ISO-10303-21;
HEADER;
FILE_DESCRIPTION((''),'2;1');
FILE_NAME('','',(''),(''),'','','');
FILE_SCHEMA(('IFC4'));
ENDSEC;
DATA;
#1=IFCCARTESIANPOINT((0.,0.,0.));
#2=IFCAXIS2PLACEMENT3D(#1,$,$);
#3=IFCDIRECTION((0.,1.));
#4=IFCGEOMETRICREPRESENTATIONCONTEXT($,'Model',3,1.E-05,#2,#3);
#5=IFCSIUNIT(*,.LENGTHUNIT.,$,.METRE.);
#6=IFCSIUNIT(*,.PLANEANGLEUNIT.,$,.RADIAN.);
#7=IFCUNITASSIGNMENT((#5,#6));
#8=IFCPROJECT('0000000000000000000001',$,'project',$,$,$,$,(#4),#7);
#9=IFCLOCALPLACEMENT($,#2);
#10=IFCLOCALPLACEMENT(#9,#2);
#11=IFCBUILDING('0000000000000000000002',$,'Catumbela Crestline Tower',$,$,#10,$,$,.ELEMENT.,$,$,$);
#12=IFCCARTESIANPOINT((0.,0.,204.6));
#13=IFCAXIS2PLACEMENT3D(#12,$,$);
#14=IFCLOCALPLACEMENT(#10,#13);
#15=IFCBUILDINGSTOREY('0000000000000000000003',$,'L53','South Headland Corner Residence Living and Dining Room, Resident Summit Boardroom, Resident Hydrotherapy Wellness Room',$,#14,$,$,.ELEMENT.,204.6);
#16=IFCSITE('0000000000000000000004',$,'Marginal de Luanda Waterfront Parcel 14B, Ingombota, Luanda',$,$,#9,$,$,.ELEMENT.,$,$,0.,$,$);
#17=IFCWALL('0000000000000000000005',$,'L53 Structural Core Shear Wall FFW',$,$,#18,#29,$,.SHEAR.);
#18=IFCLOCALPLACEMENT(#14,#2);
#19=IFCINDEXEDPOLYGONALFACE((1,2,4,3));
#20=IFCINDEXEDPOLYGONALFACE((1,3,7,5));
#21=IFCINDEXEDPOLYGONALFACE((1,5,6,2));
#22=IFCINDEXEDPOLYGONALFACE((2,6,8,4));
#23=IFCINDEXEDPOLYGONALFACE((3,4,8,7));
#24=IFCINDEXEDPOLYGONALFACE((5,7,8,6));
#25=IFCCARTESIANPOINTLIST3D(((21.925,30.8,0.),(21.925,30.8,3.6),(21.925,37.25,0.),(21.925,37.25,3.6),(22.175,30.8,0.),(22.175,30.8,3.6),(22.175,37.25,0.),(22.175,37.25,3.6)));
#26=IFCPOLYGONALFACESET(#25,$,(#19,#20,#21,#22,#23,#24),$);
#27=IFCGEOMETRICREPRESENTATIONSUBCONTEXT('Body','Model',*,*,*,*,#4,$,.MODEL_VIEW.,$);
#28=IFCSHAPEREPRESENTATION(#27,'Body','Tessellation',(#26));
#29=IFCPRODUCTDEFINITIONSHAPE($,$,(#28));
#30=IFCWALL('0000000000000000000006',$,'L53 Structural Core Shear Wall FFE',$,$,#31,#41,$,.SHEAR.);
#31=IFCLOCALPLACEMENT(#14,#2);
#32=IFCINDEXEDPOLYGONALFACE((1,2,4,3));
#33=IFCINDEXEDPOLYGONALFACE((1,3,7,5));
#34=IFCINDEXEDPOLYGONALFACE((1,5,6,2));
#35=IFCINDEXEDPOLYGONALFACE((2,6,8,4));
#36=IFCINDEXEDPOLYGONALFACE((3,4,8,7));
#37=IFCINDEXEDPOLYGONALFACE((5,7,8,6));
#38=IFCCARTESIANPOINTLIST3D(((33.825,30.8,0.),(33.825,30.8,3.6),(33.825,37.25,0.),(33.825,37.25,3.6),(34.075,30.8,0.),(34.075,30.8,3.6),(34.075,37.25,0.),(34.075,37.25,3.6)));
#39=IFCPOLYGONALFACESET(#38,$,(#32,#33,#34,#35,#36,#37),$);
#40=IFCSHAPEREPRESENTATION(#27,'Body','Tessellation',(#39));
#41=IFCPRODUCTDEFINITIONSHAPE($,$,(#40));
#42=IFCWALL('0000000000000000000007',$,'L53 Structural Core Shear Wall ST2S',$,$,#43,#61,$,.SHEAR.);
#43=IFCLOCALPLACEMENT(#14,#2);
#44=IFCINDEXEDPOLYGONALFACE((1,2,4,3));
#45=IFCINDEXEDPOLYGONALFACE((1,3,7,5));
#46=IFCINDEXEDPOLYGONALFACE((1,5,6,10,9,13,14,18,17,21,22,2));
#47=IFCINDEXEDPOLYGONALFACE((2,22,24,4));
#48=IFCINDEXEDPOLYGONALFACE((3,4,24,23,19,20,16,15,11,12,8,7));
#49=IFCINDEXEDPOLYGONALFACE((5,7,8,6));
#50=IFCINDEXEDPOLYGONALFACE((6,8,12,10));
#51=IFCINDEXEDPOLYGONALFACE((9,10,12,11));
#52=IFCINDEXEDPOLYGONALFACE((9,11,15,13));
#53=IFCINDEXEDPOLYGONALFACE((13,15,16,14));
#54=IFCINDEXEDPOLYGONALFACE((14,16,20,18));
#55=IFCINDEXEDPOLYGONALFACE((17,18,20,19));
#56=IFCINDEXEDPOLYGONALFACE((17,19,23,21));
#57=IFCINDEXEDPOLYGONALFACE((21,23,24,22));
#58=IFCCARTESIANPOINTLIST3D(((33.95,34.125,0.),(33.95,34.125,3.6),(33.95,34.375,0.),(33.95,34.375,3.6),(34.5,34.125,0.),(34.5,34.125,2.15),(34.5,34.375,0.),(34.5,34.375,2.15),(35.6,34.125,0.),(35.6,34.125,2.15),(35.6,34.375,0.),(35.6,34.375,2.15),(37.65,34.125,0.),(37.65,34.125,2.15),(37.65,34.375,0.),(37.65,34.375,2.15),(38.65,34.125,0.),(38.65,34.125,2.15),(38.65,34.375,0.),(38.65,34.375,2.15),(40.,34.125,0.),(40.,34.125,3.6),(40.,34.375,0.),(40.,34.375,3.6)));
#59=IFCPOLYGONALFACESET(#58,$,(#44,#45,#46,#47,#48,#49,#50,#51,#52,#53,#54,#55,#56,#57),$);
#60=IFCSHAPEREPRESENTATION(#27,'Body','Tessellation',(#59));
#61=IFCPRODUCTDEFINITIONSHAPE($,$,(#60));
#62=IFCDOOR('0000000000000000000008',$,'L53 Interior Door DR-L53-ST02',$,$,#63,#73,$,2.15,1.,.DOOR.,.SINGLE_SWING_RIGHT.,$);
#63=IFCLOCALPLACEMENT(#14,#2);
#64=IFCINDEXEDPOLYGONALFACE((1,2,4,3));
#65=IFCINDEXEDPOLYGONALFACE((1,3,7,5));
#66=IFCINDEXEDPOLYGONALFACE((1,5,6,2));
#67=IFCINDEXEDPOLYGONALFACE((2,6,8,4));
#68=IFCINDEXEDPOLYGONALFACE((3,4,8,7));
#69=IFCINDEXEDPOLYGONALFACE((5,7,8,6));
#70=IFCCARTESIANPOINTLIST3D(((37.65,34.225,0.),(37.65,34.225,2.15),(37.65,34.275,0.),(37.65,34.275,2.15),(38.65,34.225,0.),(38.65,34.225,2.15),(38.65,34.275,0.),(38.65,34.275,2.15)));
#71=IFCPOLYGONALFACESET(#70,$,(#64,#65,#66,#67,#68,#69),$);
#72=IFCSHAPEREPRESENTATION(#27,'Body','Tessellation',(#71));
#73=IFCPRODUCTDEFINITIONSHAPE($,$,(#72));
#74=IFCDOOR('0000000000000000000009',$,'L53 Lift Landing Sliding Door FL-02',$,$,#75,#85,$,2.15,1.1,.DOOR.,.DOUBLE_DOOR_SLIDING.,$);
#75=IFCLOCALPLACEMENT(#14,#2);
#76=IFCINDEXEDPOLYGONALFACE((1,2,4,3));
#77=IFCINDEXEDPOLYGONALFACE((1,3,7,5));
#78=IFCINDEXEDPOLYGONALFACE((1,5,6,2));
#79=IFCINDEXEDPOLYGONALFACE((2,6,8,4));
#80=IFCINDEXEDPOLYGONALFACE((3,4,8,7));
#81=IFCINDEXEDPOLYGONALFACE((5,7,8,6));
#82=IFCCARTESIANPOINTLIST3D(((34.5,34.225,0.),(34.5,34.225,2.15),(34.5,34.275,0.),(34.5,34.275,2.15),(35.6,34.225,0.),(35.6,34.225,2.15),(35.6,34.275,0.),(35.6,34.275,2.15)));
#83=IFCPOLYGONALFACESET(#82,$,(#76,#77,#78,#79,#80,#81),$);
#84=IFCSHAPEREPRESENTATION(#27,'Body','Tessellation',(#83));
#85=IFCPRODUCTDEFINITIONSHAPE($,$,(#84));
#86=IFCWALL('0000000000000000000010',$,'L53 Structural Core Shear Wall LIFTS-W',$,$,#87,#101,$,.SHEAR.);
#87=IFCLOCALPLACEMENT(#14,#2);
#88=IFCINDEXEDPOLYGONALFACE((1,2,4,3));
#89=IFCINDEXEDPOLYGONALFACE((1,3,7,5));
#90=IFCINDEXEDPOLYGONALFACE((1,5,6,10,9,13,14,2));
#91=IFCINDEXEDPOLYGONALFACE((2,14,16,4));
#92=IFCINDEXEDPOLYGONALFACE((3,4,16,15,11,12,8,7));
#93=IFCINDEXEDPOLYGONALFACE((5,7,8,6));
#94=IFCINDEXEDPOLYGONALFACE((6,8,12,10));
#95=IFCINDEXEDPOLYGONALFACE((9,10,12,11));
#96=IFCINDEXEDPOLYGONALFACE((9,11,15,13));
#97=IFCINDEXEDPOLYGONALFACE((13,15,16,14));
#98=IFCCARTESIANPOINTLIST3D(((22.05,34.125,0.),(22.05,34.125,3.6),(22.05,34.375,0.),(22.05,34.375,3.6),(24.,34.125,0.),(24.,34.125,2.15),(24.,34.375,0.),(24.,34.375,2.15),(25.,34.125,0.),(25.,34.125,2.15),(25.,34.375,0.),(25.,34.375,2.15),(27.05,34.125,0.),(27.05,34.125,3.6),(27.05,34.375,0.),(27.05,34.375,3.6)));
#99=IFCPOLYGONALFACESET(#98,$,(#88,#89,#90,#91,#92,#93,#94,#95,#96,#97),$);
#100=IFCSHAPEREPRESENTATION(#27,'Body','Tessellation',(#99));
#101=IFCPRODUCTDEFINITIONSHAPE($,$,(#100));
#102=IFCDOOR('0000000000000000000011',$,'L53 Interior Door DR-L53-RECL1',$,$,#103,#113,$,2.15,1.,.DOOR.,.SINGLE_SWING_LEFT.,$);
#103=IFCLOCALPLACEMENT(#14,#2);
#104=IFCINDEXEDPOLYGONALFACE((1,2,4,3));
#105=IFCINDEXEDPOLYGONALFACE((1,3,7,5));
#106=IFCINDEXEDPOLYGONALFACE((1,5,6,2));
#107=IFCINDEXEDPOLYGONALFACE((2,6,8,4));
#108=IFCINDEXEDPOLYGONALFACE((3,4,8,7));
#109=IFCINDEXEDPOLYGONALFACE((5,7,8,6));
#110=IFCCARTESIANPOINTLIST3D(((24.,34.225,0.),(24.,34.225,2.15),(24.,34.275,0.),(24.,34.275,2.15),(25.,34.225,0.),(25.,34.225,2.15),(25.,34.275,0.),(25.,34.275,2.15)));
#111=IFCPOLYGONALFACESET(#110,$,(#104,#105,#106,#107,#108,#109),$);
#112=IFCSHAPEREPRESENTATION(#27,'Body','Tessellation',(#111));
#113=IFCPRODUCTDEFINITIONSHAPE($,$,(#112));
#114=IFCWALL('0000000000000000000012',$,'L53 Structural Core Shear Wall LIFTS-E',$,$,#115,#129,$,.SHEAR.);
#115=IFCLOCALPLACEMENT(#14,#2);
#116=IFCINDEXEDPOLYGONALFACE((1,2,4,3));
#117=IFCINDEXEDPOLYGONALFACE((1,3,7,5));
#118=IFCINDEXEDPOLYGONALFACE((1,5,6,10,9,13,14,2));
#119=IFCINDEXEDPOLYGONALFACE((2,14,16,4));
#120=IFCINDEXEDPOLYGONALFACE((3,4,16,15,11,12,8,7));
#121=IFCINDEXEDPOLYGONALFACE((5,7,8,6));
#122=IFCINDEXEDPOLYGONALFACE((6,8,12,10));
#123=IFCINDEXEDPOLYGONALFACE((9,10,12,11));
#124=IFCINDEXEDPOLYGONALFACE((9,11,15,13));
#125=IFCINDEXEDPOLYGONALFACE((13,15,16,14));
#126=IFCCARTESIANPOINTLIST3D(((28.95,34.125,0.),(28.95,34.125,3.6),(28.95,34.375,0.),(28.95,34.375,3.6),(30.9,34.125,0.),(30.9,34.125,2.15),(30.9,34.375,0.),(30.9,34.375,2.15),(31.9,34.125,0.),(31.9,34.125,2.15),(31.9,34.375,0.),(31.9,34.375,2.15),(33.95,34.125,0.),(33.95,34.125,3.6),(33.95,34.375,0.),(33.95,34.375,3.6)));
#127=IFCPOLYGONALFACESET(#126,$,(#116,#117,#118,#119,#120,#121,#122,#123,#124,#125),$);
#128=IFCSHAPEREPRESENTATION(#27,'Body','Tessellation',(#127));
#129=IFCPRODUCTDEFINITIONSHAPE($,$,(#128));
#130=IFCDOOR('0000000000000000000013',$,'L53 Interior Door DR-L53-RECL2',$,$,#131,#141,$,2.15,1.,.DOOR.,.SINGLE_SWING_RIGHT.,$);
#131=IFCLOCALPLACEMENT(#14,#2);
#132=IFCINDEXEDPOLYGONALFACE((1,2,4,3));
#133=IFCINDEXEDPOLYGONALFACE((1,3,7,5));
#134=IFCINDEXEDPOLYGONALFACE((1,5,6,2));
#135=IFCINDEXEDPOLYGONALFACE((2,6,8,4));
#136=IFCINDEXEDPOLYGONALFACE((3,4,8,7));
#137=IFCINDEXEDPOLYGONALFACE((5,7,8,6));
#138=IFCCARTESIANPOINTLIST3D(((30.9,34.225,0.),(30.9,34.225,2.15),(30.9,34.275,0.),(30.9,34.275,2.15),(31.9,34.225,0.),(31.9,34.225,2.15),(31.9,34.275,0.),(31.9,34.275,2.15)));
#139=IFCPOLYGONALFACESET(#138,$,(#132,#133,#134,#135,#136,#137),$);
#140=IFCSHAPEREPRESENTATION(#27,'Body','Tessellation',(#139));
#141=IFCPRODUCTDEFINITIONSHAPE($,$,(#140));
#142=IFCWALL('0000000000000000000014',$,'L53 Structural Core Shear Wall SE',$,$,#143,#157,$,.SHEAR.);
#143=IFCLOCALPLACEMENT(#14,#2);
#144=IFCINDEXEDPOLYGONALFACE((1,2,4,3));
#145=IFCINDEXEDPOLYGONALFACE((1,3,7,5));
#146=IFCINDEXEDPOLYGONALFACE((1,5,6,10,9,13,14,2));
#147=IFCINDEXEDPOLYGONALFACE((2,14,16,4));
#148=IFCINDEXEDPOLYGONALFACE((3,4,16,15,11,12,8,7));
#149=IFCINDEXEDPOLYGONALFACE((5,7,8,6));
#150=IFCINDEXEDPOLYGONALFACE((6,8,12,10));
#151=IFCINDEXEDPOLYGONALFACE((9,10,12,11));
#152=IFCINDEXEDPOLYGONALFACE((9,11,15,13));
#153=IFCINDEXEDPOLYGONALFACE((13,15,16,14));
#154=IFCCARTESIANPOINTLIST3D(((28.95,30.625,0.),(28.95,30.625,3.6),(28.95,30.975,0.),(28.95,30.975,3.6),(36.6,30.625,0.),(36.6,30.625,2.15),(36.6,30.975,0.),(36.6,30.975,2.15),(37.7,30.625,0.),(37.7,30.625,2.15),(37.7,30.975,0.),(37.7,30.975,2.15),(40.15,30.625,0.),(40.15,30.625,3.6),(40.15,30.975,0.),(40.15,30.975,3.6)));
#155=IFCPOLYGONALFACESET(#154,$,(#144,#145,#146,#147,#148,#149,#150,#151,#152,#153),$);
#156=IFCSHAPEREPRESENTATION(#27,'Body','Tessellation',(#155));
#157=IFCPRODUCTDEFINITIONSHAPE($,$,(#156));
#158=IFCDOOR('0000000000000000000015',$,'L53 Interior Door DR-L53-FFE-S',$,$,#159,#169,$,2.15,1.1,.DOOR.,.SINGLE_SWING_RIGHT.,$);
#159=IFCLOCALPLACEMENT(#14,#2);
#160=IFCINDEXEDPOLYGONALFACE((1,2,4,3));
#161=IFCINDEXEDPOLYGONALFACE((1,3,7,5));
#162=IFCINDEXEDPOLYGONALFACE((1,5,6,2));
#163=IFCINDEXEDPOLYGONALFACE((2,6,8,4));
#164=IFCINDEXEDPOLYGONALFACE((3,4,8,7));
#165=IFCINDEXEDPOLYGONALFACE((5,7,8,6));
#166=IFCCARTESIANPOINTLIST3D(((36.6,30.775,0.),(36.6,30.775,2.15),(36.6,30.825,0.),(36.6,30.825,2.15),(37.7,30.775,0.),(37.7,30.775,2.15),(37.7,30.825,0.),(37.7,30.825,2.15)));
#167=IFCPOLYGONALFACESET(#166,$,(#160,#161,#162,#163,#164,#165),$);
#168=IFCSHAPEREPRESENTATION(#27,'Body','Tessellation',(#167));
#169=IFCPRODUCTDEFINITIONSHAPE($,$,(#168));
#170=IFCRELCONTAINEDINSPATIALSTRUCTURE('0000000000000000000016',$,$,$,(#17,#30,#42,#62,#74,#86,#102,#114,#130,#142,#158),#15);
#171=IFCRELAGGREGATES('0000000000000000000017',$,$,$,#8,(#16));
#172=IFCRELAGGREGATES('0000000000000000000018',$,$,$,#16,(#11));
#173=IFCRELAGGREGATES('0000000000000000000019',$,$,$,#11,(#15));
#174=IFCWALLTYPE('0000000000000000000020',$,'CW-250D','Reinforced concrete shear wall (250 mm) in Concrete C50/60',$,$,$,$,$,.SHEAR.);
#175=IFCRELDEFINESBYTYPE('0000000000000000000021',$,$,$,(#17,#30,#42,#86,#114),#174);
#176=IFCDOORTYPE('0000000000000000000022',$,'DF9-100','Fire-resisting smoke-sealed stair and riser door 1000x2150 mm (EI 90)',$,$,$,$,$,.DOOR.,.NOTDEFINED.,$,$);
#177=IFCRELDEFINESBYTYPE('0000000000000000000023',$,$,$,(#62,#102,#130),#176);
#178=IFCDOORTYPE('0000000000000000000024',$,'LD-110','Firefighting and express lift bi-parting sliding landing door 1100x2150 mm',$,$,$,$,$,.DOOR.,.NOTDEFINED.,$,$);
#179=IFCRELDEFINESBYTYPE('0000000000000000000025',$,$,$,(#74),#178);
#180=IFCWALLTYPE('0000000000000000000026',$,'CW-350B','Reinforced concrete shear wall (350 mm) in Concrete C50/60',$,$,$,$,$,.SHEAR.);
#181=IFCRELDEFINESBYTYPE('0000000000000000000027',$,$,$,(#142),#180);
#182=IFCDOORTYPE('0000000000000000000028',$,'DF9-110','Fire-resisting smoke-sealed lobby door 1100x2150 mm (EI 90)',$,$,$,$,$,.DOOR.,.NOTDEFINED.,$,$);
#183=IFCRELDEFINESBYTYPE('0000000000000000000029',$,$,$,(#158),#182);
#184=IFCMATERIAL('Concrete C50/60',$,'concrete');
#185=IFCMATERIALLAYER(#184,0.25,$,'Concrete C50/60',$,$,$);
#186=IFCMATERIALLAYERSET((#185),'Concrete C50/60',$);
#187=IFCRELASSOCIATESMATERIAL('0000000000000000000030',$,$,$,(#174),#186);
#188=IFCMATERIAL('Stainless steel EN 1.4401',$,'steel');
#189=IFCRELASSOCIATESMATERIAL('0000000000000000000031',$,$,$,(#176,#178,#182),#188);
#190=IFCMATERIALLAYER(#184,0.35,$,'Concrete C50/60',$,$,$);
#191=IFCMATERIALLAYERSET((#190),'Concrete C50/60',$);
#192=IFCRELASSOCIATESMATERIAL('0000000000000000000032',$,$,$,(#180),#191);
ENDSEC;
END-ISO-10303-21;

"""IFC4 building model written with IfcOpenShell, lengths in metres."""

from ifc_helpers import new_model, si_unit, direction, frame, frame_2d, origin, place, context, subcontext, project, spatial, rectangle, extrude, material, layer, layer_set, type_object, element, fill, save


model = new_model("IFC4")

# Units and contexts
model_context = context("Model", 3, precision=1e-05, world=origin(), true_north=direction((0.0, 1.0)))
body_context = subcontext(model_context, "Body", "Model", "MODEL_VIEW")
ifc_project = project(units=[si_unit("LENGTHUNIT", "METRE"), si_unit("PLANEANGLEUNIT", "RADIAN")], contexts=[model_context])

# Site, building, storey
site_placement = place(None, origin())
site = spatial("IfcSite", under=ifc_project, at=site_placement, Name="Marginal de Luanda Waterfront Parcel 14B, Ingombota, Luanda", CompositionType="ELEMENT", RefElevation=0.0)
building_placement = place(site_placement, origin())
building = spatial("IfcBuilding", under=site, at=building_placement, Name="Catumbela Crestline Tower", CompositionType="ELEMENT")
storey_placement = place(building_placement, frame((0.0, 0.0, 204.6)))
storey = spatial("IfcBuildingStorey", under=building, at=storey_placement, Name="L53", Description="South Headland Corner Residence Living and Dining Room, Resident Summit Boardroom, Resident Hydrotherapy Wellness Room", CompositionType="ELEMENT", Elevation=204.6)

# Walls
ifc_material_1 = material(Name="Concrete C50/60", Category="concrete")
ifc_layer_1 = layer(ifc_material_1, 0.25, Name="Concrete C50/60")
ifc_layer_set_1 = layer_set([ifc_layer_1], Name="Concrete C50/60")
wall_type_1 = type_object("IfcWallType", Name="CW-250D", Description="Reinforced concrete shear wall (250 mm) in Concrete C50/60", PredefinedType="SHEAR", material=ifc_layer_set_1)
for number, where, z_axis, x_axis, name in (
    (1, (22.05, 30.8, 0.0), (0.0, 0.0, 1.0), (0.0, 1.0, 0.0), "L53 Structural Core Shear Wall FFW"),
    (2, (33.95, 30.8, 0.0), (0.0, 0.0, 1.0), (0.0, 1.0, 0.0), "L53 Structural Core Shear Wall FFE"),
):
    element("IfcWall", number, at=place(storey_placement, frame(where, z_axis=z_axis, x_axis=x_axis)), inside=storey, type_object=wall_type_1, Name=name, PredefinedType="SHEAR", context=body_context, shape_type="SweptSolid", body=[
        extrude(rectangle(XDim=6.45, YDim=0.25, at=frame_2d((3.225, 0.0))), origin(), (0.0, 0.0, 1.0), 3.6),
    ])

# Wall, openings, doors
wall_1_placement = place(storey_placement, frame((33.95, 34.25, 0.0), z_axis=(0.0, 0.0, 1.0), x_axis=(1.0, 0.0, 0.0)))
wall_1 = element("IfcWall", 3, at=wall_1_placement, inside=storey, type_object=wall_type_1, Name="L53 Structural Core Shear Wall ST2S", PredefinedType="SHEAR", context=body_context, shape_type="SweptSolid", body=[
    extrude(rectangle(XDim=6.05, YDim=0.25, at=frame_2d((3.025, 0.0))), origin(), (0.0, 0.0, 1.0), 3.6),
])
opening_1_placement = place(wall_1_placement, frame((3.7, 0.0, 0.0)))
opening_1 = element("IfcOpeningElement", 4, at=opening_1_placement, cuts=wall_1, PredefinedType="OPENING", context=body_context, shape_type="SweptSolid", body=[
    extrude(rectangle(XDim=1.0, YDim=2.15, at=frame_2d((0.5, 1.075))), frame((0.0, 0.135, 0.0), z_axis=(0.0, -1.0, 0.0), x_axis=(1.0, 0.0, 0.0)), (0.0, 0.0, 1.0), 0.27),
])
opening_2_placement = place(wall_1_placement, frame((0.55, 0.0, 0.0)))
opening_2 = element("IfcOpeningElement", 5, at=opening_2_placement, cuts=wall_1, PredefinedType="OPENING", context=body_context, shape_type="SweptSolid", body=[
    extrude(rectangle(XDim=1.1, YDim=2.15, at=frame_2d((0.55, 1.075))), frame((0.0, 0.135, 0.0), z_axis=(0.0, -1.0, 0.0), x_axis=(1.0, 0.0, 0.0)), (0.0, 0.0, 1.0), 0.27),
])
ifc_material_2 = material(Name="Stainless steel EN 1.4401", Category="steel")
door_type_1 = type_object("IfcDoorType", Name="DF9-100", Description="Fire-resisting smoke-sealed stair and riser door 1000x2150 mm (EI 90)", OperationType="NOTDEFINED", PredefinedType="DOOR", material=ifc_material_2)
door_1_placement = place(opening_1_placement, origin())
door_1 = element("IfcDoor", 6, at=door_1_placement, inside=storey, type_object=door_type_1, Name="L53 Interior Door DR-L53-ST02", OperationType="SINGLE_SWING_RIGHT", OverallHeight=2.15, OverallWidth=1.0, PredefinedType="DOOR", context=body_context, shape_type="SweptSolid", body=[
    extrude(rectangle(XDim=1.0, YDim=2.15, at=frame_2d((0.5, 1.075))), frame((0.0, 0.025, 0.0), z_axis=(0.0, -1.0, 0.0), x_axis=(1.0, 0.0, 0.0)), (0.0, 0.0, 1.0), 0.05),
])
fill(opening_1, door_1)
door_type_2 = type_object("IfcDoorType", Name="LD-110", Description="Firefighting and express lift bi-parting sliding landing door 1100x2150 mm", OperationType="NOTDEFINED", PredefinedType="DOOR", material=ifc_material_2)
door_2_placement = place(opening_2_placement, origin())
door_2 = element("IfcDoor", 7, at=door_2_placement, inside=storey, type_object=door_type_2, Name="L53 Lift Landing Sliding Door FL-02", OperationType="DOUBLE_DOOR_SLIDING", OverallHeight=2.15, OverallWidth=1.1, PredefinedType="DOOR", context=body_context, shape_type="SweptSolid", body=[
    extrude(rectangle(XDim=1.1, YDim=2.15, at=frame_2d((0.55, 1.075))), frame((0.0, 0.025, 0.0), z_axis=(0.0, -1.0, 0.0), x_axis=(1.0, 0.0, 0.0)), (0.0, 0.0, 1.0), 0.05),
])
fill(opening_2, door_2)

# Walls, openings, doors
wall_2_placement = place(storey_placement, frame((22.05, 34.25, 0.0), z_axis=(0.0, 0.0, 1.0), x_axis=(1.0, 0.0, 0.0)))
wall_2 = element("IfcWall", 8, at=wall_2_placement, inside=storey, type_object=wall_type_1, Name="L53 Structural Core Shear Wall LIFTS-W", PredefinedType="SHEAR", context=body_context, shape_type="SweptSolid", body=[
    extrude(rectangle(XDim=5.0, YDim=0.25, at=frame_2d((2.5, 0.0))), origin(), (0.0, 0.0, 1.0), 3.6),
])
opening_3_placement = place(wall_2_placement, frame((1.95, 0.0, 0.0)))
opening_3 = element("IfcOpeningElement", 9, at=opening_3_placement, cuts=wall_2, PredefinedType="OPENING", context=body_context, shape_type="SweptSolid", body=[
    extrude(rectangle(XDim=1.0, YDim=2.15, at=frame_2d((0.5, 1.075))), frame((0.0, 0.135, 0.0), z_axis=(0.0, -1.0, 0.0), x_axis=(1.0, 0.0, 0.0)), (0.0, 0.0, 1.0), 0.27),
])
door_3_placement = place(opening_3_placement, origin())
door_3 = element("IfcDoor", 10, at=door_3_placement, inside=storey, type_object=door_type_1, Name="L53 Interior Door DR-L53-RECL1", OperationType="SINGLE_SWING_LEFT", OverallHeight=2.15, OverallWidth=1.0, PredefinedType="DOOR", context=body_context, shape_type="SweptSolid", body=[
    extrude(rectangle(XDim=1.0, YDim=2.15, at=frame_2d((0.5, 1.075))), frame((0.0, 0.025, 0.0), z_axis=(0.0, -1.0, 0.0), x_axis=(1.0, 0.0, 0.0)), (0.0, 0.0, 1.0), 0.05),
])
fill(opening_3, door_3)
wall_3_placement = place(storey_placement, frame((28.95, 34.25, 0.0), z_axis=(0.0, 0.0, 1.0), x_axis=(1.0, 0.0, 0.0)))
wall_3 = element("IfcWall", 11, at=wall_3_placement, inside=storey, type_object=wall_type_1, Name="L53 Structural Core Shear Wall LIFTS-E", PredefinedType="SHEAR", context=body_context, shape_type="SweptSolid", body=[
    extrude(rectangle(XDim=5.0, YDim=0.25, at=frame_2d((2.5, 0.0))), origin(), (0.0, 0.0, 1.0), 3.6),
])
opening_4_placement = place(wall_3_placement, frame((1.95, 0.0, 0.0)))
opening_4 = element("IfcOpeningElement", 12, at=opening_4_placement, cuts=wall_3, PredefinedType="OPENING", context=body_context, shape_type="SweptSolid", body=[
    extrude(rectangle(XDim=1.0, YDim=2.15, at=frame_2d((0.5, 1.075))), frame((0.0, 0.135, 0.0), z_axis=(0.0, -1.0, 0.0), x_axis=(1.0, 0.0, 0.0)), (0.0, 0.0, 1.0), 0.27),
])
door_4_placement = place(opening_4_placement, origin())
door_4 = element("IfcDoor", 13, at=door_4_placement, inside=storey, type_object=door_type_1, Name="L53 Interior Door DR-L53-RECL2", OperationType="SINGLE_SWING_RIGHT", OverallHeight=2.15, OverallWidth=1.0, PredefinedType="DOOR", context=body_context, shape_type="SweptSolid", body=[
    extrude(rectangle(XDim=1.0, YDim=2.15, at=frame_2d((0.5, 1.075))), frame((0.0, 0.025, 0.0), z_axis=(0.0, -1.0, 0.0), x_axis=(1.0, 0.0, 0.0)), (0.0, 0.0, 1.0), 0.05),
])
fill(opening_4, door_4)
ifc_layer_2 = layer(ifc_material_1, 0.35, Name="Concrete C50/60")
ifc_layer_set_2 = layer_set([ifc_layer_2], Name="Concrete C50/60")
wall_type_2 = type_object("IfcWallType", Name="CW-350B", Description="Reinforced concrete shear wall (350 mm) in Concrete C50/60", PredefinedType="SHEAR", material=ifc_layer_set_2)
wall_4_placement = place(storey_placement, frame((28.95, 30.8, 0.0), z_axis=(0.0, 0.0, 1.0), x_axis=(1.0, 0.0, 0.0)))
wall_4 = element("IfcWall", 14, at=wall_4_placement, inside=storey, type_object=wall_type_2, Name="L53 Structural Core Shear Wall SE", PredefinedType="SHEAR", context=body_context, shape_type="SweptSolid", body=[
    extrude(rectangle(XDim=11.2, YDim=0.35, at=frame_2d((5.6, 0.0))), origin(), (0.0, 0.0, 1.0), 3.6),
])
opening_5_placement = place(wall_4_placement, frame((7.65, 0.0, 0.0)))
opening_5 = element("IfcOpeningElement", 15, at=opening_5_placement, cuts=wall_4, PredefinedType="OPENING", context=body_context, shape_type="SweptSolid", body=[
    extrude(rectangle(XDim=1.1, YDim=2.15, at=frame_2d((0.55, 1.075))), frame((0.0, 0.185, 0.0), z_axis=(0.0, -1.0, 0.0), x_axis=(1.0, 0.0, 0.0)), (0.0, 0.0, 1.0), 0.37),
])
door_type_3 = type_object("IfcDoorType", Name="DF9-110", Description="Fire-resisting smoke-sealed lobby door 1100x2150 mm (EI 90)", OperationType="NOTDEFINED", PredefinedType="DOOR", material=ifc_material_2)
door_5_placement = place(opening_5_placement, origin())
door_5 = element("IfcDoor", 16, at=door_5_placement, inside=storey, type_object=door_type_3, Name="L53 Interior Door DR-L53-FFE-S", OperationType="SINGLE_SWING_RIGHT", OverallHeight=2.15, OverallWidth=1.1, PredefinedType="DOOR", context=body_context, shape_type="SweptSolid", body=[
    extrude(rectangle(XDim=1.1, YDim=2.15, at=frame_2d((0.55, 1.075))), frame((0.0, 0.025, 0.0), z_axis=(0.0, -1.0, 0.0), x_axis=(1.0, 0.0, 0.0)), (0.0, 0.0, 1.0), 0.05),
])
fill(opening_5, door_5)

save(model, "model.ifc")
